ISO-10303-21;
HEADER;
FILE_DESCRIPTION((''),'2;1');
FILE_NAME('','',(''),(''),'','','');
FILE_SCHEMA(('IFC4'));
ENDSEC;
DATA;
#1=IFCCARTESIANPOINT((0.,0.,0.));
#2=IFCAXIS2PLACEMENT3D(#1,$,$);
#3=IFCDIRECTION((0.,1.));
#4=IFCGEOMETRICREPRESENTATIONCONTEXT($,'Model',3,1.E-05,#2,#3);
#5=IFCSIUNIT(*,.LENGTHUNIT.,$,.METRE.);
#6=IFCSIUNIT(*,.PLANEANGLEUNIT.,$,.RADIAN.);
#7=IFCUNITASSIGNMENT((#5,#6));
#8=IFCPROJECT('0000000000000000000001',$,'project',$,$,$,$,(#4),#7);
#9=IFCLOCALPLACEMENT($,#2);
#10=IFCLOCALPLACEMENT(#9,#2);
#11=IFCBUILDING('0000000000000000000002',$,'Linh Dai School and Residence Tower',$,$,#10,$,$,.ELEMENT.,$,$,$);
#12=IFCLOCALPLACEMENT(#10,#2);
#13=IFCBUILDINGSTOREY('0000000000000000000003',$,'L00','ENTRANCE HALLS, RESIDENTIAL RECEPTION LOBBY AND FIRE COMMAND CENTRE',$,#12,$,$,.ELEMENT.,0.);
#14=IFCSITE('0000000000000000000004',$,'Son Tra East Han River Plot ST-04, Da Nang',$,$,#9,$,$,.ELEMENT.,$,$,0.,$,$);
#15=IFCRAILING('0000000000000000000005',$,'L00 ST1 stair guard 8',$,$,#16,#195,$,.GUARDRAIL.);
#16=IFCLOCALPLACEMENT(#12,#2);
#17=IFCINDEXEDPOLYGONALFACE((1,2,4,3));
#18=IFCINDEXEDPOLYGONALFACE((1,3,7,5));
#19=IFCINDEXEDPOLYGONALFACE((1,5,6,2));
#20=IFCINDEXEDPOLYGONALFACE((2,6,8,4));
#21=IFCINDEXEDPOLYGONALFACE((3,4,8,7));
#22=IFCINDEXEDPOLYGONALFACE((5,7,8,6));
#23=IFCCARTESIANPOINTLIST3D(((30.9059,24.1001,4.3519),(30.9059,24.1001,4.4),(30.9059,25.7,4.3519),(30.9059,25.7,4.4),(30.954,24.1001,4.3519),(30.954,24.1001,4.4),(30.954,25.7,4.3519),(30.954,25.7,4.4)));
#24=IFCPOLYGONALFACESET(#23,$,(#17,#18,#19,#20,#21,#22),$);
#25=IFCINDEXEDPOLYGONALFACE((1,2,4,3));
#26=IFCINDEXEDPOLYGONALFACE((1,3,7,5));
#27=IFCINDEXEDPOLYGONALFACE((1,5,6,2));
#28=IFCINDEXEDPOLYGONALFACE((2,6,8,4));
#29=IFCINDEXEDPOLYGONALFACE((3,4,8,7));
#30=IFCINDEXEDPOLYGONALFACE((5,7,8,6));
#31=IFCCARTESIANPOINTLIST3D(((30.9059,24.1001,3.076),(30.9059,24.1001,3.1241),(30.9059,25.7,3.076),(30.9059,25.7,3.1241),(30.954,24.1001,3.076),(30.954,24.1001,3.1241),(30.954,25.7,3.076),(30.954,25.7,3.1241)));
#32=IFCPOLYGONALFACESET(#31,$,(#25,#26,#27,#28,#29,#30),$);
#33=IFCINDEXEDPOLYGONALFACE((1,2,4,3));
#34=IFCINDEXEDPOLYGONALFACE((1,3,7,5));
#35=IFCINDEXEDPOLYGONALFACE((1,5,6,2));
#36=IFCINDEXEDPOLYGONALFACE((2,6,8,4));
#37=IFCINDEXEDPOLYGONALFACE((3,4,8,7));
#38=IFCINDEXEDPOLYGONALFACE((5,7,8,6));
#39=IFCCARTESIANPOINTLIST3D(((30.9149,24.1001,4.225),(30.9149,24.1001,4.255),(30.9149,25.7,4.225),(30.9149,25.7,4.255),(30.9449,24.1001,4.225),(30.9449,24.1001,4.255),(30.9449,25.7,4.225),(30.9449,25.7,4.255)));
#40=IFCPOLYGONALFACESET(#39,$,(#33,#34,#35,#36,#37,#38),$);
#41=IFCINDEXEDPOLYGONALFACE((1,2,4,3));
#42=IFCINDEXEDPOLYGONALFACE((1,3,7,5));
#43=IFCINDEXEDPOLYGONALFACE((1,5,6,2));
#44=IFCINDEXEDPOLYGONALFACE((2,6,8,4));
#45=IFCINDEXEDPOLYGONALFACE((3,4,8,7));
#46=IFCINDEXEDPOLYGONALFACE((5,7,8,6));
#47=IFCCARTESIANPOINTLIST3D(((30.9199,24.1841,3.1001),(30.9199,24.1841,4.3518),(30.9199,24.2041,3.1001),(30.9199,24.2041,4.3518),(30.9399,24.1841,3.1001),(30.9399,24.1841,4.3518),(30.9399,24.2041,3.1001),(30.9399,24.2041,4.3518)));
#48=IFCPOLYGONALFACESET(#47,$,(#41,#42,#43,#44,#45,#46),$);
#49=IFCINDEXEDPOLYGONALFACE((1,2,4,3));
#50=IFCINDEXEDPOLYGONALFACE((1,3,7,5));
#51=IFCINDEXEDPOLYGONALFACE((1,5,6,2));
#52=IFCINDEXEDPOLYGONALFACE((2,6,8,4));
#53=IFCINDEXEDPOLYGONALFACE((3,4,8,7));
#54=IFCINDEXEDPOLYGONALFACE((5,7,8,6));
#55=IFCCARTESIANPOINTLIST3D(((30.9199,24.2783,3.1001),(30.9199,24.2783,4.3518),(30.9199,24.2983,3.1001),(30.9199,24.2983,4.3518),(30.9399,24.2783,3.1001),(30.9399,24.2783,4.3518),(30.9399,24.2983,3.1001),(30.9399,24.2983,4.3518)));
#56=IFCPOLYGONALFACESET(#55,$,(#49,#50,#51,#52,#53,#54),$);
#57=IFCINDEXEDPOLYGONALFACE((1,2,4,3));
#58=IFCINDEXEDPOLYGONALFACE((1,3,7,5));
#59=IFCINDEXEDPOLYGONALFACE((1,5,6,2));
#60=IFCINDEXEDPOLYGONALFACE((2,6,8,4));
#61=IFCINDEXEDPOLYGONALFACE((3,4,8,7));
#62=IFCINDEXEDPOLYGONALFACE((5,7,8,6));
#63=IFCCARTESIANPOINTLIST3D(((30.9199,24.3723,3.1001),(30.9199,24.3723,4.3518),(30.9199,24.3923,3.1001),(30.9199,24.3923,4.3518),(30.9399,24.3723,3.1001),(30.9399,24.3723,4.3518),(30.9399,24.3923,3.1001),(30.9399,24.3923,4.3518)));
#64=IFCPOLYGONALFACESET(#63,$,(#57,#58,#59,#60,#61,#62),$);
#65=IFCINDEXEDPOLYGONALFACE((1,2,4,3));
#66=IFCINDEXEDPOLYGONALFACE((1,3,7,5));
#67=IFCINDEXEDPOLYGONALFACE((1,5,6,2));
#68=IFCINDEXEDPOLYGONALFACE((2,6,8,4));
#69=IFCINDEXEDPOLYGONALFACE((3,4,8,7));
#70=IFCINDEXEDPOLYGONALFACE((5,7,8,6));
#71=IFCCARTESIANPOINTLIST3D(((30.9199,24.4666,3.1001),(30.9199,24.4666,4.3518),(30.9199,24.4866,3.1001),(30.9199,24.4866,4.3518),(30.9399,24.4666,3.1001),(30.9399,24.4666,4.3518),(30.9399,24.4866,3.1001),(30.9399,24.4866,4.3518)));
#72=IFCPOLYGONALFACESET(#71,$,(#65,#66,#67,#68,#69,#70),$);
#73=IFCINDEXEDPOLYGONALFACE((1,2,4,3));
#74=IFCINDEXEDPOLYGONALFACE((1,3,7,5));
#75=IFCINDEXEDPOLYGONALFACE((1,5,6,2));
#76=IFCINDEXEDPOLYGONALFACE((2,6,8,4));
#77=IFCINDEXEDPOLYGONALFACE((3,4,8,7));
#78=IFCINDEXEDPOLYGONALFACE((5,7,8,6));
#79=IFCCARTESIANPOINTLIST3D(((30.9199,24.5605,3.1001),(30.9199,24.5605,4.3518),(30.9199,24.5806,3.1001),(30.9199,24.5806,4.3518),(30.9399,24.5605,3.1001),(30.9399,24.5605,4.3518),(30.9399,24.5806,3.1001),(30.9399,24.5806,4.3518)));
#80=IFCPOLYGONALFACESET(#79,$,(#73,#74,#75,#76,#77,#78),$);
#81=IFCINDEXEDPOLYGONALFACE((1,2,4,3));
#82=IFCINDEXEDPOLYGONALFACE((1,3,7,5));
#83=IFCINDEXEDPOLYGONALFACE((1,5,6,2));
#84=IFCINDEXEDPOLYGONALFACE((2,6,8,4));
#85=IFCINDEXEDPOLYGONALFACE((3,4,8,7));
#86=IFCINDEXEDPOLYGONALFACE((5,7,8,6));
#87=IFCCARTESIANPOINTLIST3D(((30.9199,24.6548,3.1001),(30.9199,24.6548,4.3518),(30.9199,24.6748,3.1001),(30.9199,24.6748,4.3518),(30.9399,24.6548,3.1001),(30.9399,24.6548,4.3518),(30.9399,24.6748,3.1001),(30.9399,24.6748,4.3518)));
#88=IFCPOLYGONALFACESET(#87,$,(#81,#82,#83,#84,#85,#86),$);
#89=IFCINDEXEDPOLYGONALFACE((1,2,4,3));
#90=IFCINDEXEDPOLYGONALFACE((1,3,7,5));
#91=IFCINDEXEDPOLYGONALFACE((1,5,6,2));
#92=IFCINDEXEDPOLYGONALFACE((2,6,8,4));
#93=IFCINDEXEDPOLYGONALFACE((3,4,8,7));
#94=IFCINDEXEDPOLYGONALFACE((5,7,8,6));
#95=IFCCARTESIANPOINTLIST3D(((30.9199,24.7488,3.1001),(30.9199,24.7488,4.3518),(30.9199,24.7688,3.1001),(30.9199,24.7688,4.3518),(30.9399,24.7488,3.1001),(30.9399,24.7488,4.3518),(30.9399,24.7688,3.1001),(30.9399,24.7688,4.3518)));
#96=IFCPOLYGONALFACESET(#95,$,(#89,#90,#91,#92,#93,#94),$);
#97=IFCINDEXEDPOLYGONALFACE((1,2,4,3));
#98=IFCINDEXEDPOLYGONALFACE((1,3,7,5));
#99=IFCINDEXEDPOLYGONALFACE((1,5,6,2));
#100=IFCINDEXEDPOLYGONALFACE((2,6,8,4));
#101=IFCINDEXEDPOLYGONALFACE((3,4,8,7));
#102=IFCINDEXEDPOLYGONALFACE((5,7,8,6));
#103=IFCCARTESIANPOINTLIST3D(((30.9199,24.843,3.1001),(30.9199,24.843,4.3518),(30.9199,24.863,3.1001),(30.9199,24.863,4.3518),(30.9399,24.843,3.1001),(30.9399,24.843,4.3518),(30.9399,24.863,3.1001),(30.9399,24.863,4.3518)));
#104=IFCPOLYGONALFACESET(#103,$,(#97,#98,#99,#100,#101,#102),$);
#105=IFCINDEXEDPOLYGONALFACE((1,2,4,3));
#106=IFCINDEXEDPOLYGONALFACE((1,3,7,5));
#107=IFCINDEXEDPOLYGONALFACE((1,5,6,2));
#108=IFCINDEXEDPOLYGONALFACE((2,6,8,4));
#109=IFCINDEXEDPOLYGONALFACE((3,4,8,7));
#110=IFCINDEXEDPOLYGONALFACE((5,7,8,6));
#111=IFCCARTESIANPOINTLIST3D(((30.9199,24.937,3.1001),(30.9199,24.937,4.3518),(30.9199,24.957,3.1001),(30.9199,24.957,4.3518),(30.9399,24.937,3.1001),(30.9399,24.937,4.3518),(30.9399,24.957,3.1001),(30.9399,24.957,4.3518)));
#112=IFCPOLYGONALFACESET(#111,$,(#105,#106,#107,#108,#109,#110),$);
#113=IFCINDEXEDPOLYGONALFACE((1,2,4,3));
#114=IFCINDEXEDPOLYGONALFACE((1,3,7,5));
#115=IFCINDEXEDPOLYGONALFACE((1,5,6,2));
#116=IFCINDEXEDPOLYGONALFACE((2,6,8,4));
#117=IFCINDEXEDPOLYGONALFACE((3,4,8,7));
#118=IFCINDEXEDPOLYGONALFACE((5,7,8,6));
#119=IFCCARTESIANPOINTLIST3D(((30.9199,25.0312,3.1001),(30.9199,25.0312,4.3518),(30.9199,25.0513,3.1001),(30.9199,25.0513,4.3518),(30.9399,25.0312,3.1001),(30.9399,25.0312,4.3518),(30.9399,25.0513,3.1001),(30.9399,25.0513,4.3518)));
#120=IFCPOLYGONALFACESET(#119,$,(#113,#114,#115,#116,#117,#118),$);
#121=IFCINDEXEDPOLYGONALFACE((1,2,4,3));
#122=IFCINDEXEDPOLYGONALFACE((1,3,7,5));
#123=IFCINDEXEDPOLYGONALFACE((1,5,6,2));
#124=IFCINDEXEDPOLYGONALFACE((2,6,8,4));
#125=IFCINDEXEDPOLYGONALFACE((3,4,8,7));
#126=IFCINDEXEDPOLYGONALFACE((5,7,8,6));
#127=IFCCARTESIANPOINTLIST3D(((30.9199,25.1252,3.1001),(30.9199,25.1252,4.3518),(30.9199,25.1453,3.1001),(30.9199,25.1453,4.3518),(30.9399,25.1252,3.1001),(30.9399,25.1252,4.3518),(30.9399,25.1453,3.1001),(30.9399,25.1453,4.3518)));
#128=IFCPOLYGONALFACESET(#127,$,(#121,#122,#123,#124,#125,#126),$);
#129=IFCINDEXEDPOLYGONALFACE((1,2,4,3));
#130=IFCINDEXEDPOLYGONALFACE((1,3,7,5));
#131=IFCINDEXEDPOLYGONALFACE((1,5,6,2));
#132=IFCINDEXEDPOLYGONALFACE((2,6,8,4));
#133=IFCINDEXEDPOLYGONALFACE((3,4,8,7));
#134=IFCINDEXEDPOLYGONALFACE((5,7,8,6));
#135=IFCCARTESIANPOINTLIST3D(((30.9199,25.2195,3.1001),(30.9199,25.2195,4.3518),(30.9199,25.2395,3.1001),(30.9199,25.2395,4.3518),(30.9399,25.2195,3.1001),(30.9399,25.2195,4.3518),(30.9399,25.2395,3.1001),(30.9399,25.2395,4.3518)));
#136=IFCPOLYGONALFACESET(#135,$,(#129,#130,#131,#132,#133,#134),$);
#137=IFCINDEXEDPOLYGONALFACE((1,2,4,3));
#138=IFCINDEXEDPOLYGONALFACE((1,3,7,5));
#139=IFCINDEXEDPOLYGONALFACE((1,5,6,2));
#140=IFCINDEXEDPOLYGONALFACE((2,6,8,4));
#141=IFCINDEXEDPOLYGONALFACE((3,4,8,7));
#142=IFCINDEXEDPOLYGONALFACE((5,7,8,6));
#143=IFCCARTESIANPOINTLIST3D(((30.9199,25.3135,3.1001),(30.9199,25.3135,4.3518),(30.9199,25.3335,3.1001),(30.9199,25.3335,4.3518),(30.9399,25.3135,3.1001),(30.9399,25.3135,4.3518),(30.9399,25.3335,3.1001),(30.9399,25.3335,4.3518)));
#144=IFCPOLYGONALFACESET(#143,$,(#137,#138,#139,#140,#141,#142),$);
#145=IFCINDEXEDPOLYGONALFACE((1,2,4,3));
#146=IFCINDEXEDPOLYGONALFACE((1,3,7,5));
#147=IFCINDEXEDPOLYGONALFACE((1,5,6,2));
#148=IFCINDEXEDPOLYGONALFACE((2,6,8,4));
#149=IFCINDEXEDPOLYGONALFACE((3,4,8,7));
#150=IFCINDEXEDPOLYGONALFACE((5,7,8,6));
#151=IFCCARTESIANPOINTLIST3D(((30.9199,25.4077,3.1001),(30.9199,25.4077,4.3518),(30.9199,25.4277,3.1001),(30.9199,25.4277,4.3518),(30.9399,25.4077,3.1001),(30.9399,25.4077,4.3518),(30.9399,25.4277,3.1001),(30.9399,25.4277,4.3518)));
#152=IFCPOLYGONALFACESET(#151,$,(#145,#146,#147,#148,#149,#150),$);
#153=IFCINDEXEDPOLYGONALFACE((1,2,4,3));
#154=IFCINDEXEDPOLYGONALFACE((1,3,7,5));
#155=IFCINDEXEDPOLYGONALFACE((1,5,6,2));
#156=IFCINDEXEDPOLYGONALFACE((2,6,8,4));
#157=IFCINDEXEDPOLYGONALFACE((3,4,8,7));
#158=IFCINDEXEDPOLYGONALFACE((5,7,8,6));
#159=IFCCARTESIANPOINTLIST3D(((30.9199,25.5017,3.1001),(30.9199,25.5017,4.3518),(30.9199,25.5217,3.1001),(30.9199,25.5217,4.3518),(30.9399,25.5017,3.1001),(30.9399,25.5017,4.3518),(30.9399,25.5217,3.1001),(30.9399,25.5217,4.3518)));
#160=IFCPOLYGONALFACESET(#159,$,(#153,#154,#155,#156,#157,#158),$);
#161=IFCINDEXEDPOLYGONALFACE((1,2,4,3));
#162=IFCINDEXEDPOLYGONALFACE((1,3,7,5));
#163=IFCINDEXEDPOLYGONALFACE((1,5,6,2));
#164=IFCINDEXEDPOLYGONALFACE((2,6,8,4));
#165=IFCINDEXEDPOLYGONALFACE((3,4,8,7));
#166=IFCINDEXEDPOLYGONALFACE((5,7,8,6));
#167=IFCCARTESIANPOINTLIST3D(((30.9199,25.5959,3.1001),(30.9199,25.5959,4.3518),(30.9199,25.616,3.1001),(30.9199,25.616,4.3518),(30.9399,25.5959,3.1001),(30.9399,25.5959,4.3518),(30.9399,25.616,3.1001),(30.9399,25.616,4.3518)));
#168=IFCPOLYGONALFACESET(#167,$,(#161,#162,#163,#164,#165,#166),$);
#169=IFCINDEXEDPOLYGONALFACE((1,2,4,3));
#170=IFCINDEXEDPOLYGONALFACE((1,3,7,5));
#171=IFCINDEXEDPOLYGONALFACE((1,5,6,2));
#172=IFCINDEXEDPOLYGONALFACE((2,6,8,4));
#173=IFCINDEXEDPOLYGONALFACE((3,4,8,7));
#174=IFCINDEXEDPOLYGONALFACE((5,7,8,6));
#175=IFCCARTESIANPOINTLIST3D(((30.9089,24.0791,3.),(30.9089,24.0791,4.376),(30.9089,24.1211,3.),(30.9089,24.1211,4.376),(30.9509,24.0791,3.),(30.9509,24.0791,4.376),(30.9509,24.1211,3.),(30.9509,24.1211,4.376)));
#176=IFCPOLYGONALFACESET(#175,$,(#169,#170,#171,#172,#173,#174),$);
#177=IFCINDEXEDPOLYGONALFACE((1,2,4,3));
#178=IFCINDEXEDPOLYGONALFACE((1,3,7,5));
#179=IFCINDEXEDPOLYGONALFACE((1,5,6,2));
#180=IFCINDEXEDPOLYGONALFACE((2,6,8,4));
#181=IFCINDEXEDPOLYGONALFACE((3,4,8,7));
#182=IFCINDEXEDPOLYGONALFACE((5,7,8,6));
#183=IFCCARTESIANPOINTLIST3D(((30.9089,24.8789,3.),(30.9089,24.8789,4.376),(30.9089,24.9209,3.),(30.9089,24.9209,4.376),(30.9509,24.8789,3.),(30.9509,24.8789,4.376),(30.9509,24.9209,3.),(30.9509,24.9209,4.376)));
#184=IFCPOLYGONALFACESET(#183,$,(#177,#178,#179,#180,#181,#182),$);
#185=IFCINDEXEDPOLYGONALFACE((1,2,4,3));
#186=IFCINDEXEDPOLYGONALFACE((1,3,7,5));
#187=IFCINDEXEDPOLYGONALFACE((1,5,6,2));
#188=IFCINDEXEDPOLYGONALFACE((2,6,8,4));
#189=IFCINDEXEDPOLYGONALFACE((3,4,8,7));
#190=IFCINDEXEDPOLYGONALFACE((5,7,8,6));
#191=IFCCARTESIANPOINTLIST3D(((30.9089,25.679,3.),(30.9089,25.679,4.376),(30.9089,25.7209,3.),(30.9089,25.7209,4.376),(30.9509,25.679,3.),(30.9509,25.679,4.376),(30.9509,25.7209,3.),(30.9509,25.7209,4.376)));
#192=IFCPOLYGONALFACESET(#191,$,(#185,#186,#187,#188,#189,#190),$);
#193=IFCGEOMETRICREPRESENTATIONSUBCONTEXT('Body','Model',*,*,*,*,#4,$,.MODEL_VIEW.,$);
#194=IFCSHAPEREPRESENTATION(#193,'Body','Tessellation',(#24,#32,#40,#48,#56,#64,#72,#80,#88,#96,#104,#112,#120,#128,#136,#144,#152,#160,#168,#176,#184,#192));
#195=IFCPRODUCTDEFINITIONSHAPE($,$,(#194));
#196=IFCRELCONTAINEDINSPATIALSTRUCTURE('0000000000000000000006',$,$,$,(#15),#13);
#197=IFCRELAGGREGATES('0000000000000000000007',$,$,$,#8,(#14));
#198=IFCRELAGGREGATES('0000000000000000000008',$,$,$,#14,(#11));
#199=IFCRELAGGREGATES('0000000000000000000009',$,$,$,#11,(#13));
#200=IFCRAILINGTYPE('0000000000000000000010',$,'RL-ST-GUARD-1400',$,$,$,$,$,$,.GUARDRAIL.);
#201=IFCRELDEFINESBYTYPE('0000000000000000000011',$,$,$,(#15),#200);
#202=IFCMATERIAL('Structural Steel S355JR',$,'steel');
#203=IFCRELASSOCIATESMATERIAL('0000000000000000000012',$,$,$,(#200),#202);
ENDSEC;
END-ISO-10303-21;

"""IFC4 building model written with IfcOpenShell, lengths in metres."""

from ifc_helpers import new_model, si_unit, direction, frame, origin, origin_2d, place, context, subcontext, project, spatial, rectangle, extrude, source, transform, mapped, material, type_object, element, save


model = new_model("IFC4")

# Units and contexts
model_context = context("Model", 3, precision=1e-05, world=origin(), true_north=direction((0.0, 1.0)))
body_context = subcontext(model_context, "Body", "Model", "MODEL_VIEW")
ifc_project = project(units=[si_unit("LENGTHUNIT", "METRE"), si_unit("PLANEANGLEUNIT", "RADIAN")], contexts=[model_context])

# Site, building, storey
site_placement = place(None, origin())
site = spatial("IfcSite", under=ifc_project, at=site_placement, Name="Son Tra East Han River Plot ST-04, Da Nang", CompositionType="ELEMENT", RefElevation=0.0)
building_placement = place(site_placement, origin())
building = spatial("IfcBuilding", under=site, at=building_placement, Name="Linh Dai School and Residence Tower", CompositionType="ELEMENT")
storey_placement = place(building_placement, origin())
storey = spatial("IfcBuildingStorey", under=building, at=storey_placement, Name="L00", Description="ENTRANCE HALLS, RESIDENTIAL RECEPTION LOBBY AND FIRE COMMAND CENTRE", CompositionType="ELEMENT", Elevation=0.0)

# Shared definitions
ifc_material_1 = material(Name="Structural Steel S355JR", Category="steel")

# Railing
railing_type = type_object("IfcRailingType", Name="RL-ST-GUARD-1400", PredefinedType="GUARDRAIL", material=ifc_material_1)
shared_shape_1 = source(origin(), body_context, "Body", "SweptSolid", [
    extrude(rectangle(XDim=0.0481, YDim=0.0481, at=origin_2d()), frame((0.0, 0.0, 1.376), z_axis=(0.0, 1.0, 0.0), x_axis=(-1.0, 0.0, 0.0)), (0.0, 0.0, 1.0), 1.5999),
    extrude(rectangle(XDim=0.0481, YDim=0.0481, at=origin_2d()), frame((0.0, 0.0, 0.1001), z_axis=(0.0, 1.0, 0.0), x_axis=(-1.0, 0.0, 0.0)), (0.0, 0.0, 1.0), 1.5999),
    extrude(rectangle(XDim=0.03, YDim=0.03, at=origin_2d()), frame((0.0, 0.0, 1.24), z_axis=(0.0, 1.0, 0.0), x_axis=(-1.0, 0.0, 0.0)), (0.0, 0.0, 1.0), 1.5999),
    extrude(rectangle(XDim=0.02, YDim=0.02, at=origin_2d()), frame((0.0, 0.094, 0.1001)), (0.0, 0.0, 1.0), 1.2517),
    extrude(rectangle(XDim=0.02, YDim=0.02, at=origin_2d()), frame((0.0, 0.1882, 0.1001)), (0.0, 0.0, 1.0), 1.2517),
    extrude(rectangle(XDim=0.02, YDim=0.02, at=origin_2d()), frame((0.0, 0.2822, 0.1001)), (0.0, 0.0, 1.0), 1.2517),
    extrude(rectangle(XDim=0.02, YDim=0.02, at=origin_2d()), frame((0.0, 0.3765, 0.1001)), (0.0, 0.0, 1.0), 1.2517),
    extrude(rectangle(XDim=0.02, YDim=0.02, at=origin_2d()), frame((0.0, 0.4705, 0.1001)), (0.0, 0.0, 1.0), 1.2517),
    extrude(rectangle(XDim=0.02, YDim=0.02, at=origin_2d()), frame((0.0, 0.5647, 0.1001)), (0.0, 0.0, 1.0), 1.2517),
    extrude(rectangle(XDim=0.02, YDim=0.02, at=origin_2d()), frame((0.0, 0.6587, 0.1001)), (0.0, 0.0, 1.0), 1.2517),
    extrude(rectangle(XDim=0.02, YDim=0.02, at=origin_2d()), frame((0.0, 0.7529, 0.1001)), (0.0, 0.0, 1.0), 1.2517),
    extrude(rectangle(XDim=0.02, YDim=0.02, at=origin_2d()), frame((0.0, 0.8469, 0.1001)), (0.0, 0.0, 1.0), 1.2517),
    extrude(rectangle(XDim=0.02, YDim=0.02, at=origin_2d()), frame((0.0, 0.9412, 0.1001)), (0.0, 0.0, 1.0), 1.2517),
    extrude(rectangle(XDim=0.02, YDim=0.02, at=origin_2d()), frame((0.0, 1.0352, 0.1001)), (0.0, 0.0, 1.0), 1.2517),
    extrude(rectangle(XDim=0.02, YDim=0.02, at=origin_2d()), frame((0.0, 1.1294, 0.1001)), (0.0, 0.0, 1.0), 1.2517),
    extrude(rectangle(XDim=0.02, YDim=0.02, at=origin_2d()), frame((0.0, 1.2234, 0.1001)), (0.0, 0.0, 1.0), 1.2517),
    extrude(rectangle(XDim=0.02, YDim=0.02, at=origin_2d()), frame((0.0, 1.3176, 0.1001)), (0.0, 0.0, 1.0), 1.2517),
    extrude(rectangle(XDim=0.02, YDim=0.02, at=origin_2d()), frame((0.0, 1.4116, 0.1001)), (0.0, 0.0, 1.0), 1.2517),
    extrude(rectangle(XDim=0.02, YDim=0.02, at=origin_2d()), frame((0.0, 1.5059, 0.1001)), (0.0, 0.0, 1.0), 1.2517),
    extrude(rectangle(XDim=0.042, YDim=0.042, at=origin_2d()), origin(), (0.0, 0.0, 1.0), 1.376),
    extrude(rectangle(XDim=0.042, YDim=0.042, at=origin_2d()), frame((0.0, 0.7998, 0.0)), (0.0, 0.0, 1.0), 1.376),
    extrude(rectangle(XDim=0.042, YDim=0.042, at=origin_2d()), frame((0.0, 1.5999, 0.0)), (0.0, 0.0, 1.0), 1.376),
])
for number, where, name in (
    (1, (30.9299, 24.1001, 3.0), "L00 ST1 stair guard 8"),
):
    element("IfcRailing", number, at=place(storey_placement, frame(where)), inside=storey, type_object=railing_type, Name=name, PredefinedType="GUARDRAIL", context=body_context, shape_type="MappedRepresentation", body=[
        mapped(shared_shape_1, transform((0.0, 0.0, 0.0), x_axis=(1.0, 0.0, 0.0), y_axis=(0.0, 1.0, 0.0), z_axis=(0.0, 0.0, 1.0), scale=1.0)),
    ])

save(model, "model.ifc")
